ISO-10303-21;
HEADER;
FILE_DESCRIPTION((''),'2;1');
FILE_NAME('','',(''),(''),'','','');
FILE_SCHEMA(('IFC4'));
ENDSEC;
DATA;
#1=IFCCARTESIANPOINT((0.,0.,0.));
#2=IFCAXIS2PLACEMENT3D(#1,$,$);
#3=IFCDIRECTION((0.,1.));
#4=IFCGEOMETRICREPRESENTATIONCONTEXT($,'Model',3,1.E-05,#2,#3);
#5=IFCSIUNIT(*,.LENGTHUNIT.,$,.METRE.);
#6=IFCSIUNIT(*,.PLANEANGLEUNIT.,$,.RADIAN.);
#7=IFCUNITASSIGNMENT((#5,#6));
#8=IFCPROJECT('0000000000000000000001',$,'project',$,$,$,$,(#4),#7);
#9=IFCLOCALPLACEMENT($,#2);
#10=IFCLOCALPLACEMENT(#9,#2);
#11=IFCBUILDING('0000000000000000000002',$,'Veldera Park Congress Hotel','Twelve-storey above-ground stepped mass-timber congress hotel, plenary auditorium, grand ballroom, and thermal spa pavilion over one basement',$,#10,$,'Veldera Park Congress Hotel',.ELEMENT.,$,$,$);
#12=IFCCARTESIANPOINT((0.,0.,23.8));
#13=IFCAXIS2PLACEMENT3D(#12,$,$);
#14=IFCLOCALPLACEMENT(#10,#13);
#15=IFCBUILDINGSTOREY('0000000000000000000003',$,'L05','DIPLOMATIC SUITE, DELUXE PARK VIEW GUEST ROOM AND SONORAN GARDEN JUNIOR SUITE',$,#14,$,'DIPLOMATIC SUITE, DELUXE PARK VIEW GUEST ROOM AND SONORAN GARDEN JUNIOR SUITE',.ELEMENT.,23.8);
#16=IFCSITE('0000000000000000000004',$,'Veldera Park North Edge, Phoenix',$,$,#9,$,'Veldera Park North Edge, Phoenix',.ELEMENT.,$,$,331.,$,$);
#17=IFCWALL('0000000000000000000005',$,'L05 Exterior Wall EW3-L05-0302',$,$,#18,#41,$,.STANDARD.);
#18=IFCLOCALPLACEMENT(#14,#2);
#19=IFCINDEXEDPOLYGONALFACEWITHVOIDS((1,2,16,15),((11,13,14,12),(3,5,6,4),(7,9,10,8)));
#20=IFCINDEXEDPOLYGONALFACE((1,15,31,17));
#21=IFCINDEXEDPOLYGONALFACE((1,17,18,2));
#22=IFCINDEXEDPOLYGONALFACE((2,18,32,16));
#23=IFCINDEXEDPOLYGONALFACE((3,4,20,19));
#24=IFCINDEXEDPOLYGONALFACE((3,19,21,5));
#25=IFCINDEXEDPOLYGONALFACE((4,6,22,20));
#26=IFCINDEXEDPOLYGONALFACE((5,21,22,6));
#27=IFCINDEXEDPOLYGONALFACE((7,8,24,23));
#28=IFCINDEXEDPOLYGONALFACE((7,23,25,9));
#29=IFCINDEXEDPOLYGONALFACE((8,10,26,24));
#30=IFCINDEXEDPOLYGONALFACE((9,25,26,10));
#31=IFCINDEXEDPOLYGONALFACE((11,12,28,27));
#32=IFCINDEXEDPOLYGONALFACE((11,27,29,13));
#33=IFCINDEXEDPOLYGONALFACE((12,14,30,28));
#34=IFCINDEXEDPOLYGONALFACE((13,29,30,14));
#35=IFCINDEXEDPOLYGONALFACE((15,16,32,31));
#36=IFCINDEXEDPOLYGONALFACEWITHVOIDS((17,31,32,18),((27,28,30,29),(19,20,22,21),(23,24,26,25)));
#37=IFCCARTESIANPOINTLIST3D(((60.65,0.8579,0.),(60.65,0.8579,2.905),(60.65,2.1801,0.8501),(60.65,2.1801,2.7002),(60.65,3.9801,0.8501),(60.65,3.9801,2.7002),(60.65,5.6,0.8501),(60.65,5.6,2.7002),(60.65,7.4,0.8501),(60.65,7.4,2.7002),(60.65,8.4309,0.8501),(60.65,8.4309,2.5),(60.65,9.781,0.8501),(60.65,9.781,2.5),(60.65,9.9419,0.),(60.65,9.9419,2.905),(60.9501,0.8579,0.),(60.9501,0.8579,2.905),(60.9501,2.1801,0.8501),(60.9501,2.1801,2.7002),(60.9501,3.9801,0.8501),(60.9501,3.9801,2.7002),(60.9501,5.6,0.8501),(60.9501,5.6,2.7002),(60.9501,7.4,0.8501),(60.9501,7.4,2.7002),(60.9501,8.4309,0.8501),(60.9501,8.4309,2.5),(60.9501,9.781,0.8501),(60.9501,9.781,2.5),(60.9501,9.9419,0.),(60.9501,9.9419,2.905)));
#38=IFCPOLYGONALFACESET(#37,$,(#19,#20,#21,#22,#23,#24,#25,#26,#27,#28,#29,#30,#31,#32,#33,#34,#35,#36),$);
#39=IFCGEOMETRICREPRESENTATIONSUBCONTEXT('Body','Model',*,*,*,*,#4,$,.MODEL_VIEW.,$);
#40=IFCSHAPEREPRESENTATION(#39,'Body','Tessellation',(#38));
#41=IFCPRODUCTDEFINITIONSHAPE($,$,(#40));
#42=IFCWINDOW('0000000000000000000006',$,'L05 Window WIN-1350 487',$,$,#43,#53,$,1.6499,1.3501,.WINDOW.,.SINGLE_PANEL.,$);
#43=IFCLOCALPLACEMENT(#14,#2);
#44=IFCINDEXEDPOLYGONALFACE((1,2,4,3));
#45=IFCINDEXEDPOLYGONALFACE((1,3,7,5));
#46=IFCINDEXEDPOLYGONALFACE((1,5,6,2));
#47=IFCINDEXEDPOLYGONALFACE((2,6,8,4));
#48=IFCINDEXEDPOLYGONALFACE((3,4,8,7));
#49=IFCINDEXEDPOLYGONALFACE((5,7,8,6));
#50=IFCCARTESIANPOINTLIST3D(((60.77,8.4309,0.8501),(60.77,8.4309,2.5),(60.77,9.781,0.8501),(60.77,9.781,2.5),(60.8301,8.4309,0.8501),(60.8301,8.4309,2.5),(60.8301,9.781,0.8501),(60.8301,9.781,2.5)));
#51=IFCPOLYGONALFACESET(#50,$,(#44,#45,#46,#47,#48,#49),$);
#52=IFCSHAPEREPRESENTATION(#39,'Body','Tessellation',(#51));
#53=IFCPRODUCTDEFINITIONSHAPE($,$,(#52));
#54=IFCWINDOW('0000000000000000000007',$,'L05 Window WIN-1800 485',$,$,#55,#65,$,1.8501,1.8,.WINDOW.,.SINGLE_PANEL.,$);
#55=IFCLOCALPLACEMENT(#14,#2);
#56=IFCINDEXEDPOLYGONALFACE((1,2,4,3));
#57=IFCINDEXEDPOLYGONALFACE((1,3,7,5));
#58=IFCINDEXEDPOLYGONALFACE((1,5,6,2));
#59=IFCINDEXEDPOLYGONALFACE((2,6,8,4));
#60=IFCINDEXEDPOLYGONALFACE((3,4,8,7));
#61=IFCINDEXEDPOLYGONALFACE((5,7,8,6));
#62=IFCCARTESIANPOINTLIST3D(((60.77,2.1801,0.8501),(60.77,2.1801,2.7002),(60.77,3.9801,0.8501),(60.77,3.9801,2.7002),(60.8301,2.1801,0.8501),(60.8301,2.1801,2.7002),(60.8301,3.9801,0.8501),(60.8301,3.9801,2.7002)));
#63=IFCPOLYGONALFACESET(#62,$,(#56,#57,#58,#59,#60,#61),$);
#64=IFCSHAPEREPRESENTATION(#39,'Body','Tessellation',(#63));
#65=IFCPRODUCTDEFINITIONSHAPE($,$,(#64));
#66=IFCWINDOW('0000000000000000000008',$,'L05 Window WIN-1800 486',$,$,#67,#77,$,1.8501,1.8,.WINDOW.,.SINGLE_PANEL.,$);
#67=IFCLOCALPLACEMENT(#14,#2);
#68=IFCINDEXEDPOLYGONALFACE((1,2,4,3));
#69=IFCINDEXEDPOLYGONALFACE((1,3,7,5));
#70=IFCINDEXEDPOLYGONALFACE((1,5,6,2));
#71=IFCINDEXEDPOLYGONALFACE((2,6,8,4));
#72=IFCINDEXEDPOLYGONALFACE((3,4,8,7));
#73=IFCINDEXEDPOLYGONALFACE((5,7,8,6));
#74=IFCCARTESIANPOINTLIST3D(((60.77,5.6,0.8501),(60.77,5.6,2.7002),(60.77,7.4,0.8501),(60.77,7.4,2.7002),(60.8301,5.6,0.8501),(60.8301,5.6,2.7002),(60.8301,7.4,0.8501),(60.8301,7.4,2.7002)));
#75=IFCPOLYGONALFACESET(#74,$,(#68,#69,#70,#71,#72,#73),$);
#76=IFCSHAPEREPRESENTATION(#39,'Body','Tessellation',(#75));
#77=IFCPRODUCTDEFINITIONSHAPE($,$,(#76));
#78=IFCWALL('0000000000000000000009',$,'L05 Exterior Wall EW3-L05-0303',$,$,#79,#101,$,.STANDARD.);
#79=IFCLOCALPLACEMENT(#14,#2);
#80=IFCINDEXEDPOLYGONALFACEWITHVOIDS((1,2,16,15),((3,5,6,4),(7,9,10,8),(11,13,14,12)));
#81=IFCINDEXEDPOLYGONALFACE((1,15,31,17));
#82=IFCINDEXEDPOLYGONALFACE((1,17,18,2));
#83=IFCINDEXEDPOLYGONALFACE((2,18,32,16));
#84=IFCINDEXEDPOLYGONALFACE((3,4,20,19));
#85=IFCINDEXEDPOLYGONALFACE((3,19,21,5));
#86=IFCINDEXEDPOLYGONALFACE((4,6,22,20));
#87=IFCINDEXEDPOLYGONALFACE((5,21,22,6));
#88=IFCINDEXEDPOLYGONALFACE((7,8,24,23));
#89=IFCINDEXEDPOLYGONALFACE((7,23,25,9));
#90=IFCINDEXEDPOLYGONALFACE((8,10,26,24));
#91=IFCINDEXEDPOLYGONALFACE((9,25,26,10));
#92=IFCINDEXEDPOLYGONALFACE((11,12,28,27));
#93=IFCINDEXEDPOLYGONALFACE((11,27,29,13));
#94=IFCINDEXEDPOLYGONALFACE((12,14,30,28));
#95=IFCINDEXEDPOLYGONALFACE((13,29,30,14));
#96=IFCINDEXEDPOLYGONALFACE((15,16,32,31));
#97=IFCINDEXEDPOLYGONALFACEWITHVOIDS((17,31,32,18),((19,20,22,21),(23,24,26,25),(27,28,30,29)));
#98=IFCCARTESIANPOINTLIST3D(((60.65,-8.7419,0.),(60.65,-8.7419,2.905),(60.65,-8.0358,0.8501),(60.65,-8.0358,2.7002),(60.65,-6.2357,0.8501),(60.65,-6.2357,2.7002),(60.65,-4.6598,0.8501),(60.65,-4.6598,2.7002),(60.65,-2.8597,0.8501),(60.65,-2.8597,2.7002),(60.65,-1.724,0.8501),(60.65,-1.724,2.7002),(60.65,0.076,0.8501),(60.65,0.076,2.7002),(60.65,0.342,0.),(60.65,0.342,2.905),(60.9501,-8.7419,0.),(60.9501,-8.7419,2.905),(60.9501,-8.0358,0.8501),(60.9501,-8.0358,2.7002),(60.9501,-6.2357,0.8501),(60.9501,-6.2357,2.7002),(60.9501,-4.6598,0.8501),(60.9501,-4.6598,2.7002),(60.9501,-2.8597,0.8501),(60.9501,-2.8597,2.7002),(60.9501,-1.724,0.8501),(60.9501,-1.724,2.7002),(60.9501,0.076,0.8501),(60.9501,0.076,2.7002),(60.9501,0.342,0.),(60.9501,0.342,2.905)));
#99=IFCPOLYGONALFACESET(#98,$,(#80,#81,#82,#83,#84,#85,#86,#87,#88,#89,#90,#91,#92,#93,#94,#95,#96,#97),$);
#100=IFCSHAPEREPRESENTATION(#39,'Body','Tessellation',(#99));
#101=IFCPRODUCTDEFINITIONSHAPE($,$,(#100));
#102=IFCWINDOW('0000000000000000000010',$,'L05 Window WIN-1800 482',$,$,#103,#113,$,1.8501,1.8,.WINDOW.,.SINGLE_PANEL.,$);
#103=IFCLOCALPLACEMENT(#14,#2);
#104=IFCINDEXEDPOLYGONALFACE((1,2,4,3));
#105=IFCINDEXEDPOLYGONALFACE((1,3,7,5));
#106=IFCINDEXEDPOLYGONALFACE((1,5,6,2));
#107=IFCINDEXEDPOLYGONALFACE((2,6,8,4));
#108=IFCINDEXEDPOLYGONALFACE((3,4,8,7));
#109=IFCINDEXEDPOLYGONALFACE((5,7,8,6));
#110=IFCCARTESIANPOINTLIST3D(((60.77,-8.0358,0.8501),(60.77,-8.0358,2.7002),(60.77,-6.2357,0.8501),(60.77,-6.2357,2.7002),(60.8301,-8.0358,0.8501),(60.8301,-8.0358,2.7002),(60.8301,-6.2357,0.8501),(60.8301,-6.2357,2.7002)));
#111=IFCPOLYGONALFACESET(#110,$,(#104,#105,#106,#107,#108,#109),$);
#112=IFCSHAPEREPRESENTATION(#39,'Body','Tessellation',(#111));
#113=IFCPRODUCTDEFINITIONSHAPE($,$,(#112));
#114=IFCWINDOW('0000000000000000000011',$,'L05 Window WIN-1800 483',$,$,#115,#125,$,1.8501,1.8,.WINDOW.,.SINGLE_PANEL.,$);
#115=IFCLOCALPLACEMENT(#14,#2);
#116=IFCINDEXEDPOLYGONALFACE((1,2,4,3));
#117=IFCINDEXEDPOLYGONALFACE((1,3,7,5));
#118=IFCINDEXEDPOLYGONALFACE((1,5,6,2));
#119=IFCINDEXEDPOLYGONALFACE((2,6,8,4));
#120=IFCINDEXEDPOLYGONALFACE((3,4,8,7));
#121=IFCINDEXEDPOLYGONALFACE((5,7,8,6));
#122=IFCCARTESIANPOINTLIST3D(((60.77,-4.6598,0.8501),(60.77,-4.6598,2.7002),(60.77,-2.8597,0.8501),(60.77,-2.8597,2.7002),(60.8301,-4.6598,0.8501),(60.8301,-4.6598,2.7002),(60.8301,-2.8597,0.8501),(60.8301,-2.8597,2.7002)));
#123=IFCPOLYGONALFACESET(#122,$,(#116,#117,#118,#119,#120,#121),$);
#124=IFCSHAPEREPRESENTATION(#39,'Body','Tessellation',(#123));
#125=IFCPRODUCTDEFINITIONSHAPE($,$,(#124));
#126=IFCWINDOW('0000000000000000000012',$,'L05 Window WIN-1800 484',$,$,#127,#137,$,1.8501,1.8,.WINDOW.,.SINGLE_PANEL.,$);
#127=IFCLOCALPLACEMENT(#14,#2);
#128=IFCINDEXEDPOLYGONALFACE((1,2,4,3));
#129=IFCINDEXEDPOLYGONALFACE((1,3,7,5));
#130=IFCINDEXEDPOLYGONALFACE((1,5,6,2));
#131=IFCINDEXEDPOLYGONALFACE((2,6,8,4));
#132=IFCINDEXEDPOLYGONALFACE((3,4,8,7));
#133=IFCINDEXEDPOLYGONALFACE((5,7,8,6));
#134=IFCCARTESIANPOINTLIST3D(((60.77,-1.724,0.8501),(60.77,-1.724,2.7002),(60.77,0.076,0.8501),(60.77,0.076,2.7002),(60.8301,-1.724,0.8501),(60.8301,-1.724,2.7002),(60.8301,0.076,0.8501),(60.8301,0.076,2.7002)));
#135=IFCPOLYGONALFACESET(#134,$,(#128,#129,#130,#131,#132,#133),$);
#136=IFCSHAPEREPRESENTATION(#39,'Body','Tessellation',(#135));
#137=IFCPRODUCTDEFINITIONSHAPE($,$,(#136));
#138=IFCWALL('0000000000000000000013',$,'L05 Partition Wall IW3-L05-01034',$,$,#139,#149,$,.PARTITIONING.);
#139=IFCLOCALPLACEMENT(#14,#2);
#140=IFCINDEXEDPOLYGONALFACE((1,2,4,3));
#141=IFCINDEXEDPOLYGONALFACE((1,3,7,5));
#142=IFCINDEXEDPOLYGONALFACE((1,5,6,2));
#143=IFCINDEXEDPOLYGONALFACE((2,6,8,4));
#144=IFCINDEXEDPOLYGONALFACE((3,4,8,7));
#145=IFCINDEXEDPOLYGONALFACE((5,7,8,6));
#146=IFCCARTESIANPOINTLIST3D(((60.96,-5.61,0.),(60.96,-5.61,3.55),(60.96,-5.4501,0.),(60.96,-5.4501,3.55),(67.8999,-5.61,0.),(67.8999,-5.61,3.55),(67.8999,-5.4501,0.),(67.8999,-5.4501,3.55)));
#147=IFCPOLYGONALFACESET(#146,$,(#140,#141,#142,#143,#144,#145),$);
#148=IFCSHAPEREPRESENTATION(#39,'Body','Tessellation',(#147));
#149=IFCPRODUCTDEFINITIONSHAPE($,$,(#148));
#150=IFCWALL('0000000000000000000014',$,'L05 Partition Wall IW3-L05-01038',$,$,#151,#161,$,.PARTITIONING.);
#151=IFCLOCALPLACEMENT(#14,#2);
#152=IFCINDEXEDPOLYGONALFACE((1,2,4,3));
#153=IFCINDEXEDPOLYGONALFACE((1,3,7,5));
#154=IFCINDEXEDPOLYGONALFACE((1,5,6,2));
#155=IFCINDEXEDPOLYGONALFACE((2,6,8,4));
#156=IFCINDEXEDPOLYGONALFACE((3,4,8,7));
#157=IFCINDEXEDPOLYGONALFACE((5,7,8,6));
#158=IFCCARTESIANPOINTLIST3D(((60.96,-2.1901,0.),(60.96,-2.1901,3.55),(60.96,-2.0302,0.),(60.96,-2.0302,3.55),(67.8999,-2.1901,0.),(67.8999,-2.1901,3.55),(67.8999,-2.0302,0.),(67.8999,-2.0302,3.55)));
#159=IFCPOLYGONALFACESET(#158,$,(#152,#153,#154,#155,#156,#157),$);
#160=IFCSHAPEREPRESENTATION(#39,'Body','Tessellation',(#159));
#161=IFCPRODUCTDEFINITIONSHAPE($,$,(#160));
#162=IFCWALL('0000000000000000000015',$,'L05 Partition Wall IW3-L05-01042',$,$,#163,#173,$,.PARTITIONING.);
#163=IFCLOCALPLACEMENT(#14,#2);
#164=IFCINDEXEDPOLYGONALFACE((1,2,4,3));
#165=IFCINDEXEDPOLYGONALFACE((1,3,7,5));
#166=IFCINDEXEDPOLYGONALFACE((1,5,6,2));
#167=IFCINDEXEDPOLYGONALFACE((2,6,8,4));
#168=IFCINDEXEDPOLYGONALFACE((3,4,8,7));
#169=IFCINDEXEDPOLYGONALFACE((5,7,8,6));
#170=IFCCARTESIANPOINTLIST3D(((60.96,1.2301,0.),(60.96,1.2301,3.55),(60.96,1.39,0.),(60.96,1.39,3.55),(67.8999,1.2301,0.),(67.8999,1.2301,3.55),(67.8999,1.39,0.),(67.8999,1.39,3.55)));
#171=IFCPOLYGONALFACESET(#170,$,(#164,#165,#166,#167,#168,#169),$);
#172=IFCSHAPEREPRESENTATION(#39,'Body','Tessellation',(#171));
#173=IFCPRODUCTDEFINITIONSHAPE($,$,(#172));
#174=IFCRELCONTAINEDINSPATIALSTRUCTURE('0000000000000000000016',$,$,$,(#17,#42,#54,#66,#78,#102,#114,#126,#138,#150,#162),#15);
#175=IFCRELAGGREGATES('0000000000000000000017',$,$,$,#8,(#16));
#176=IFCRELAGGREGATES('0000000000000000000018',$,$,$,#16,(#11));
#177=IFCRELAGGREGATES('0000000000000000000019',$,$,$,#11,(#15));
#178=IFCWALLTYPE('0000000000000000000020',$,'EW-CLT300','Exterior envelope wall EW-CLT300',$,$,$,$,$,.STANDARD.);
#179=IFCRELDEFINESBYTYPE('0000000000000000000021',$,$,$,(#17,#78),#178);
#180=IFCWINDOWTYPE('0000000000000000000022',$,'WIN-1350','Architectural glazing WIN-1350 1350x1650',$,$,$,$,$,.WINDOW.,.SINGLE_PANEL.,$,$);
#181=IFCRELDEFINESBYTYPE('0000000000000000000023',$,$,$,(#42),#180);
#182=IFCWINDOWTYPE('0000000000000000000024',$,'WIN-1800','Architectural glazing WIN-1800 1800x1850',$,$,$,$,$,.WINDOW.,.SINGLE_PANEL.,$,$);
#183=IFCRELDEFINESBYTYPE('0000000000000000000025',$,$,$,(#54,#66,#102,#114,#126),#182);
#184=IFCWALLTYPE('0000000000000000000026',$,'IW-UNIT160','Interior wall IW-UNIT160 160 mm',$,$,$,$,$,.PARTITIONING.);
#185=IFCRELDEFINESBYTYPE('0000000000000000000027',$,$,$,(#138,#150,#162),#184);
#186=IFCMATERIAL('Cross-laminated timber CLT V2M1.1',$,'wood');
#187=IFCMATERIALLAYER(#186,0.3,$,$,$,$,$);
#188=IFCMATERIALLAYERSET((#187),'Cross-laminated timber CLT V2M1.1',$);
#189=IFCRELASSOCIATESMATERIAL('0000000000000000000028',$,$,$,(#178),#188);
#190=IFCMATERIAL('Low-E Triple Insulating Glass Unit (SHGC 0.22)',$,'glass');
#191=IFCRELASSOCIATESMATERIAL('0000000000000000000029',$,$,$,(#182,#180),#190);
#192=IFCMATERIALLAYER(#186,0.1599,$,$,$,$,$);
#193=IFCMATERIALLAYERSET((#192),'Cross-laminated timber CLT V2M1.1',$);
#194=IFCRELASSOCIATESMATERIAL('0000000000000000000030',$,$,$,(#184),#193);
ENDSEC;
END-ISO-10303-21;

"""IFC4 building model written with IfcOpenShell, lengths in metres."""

from ifc_helpers import new_model, si_unit, direction, frame, frame_2d, origin, place, context, subcontext, project, spatial, rectangle, extrude, material, layer, layer_set, type_object, element, fill, save


model = new_model("IFC4")

# Units and contexts
model_context = context("Model", 3, precision=1e-05, world=origin(), true_north=direction((0.0, 1.0)))
body_context = subcontext(model_context, "Body", "Model", "MODEL_VIEW")
ifc_project = project(units=[si_unit("LENGTHUNIT", "METRE"), si_unit("PLANEANGLEUNIT", "RADIAN")], contexts=[model_context])

# Site, building, storey
site_placement = place(None, origin())
site = spatial("IfcSite", under=ifc_project, at=site_placement, Name="Veldera Park North Edge, Phoenix", LongName="Veldera Park North Edge, Phoenix", CompositionType="ELEMENT", RefElevation=331.0)
building_placement = place(site_placement, origin())
building = spatial("IfcBuilding", under=site, at=building_placement, Name="Veldera Park Congress Hotel", Description="Twelve-storey above-ground stepped mass-timber congress hotel, plenary auditorium, grand ballroom, and thermal spa pavilion over one basement", LongName="Veldera Park Congress Hotel", CompositionType="ELEMENT")
storey_placement = place(building_placement, frame((0.0, 0.0, 23.8)))
storey = spatial("IfcBuildingStorey", under=building, at=storey_placement, Name="L05", Description="DIPLOMATIC SUITE, DELUXE PARK VIEW GUEST ROOM AND SONORAN GARDEN JUNIOR SUITE", LongName="DIPLOMATIC SUITE, DELUXE PARK VIEW GUEST ROOM AND SONORAN GARDEN JUNIOR SUITE", CompositionType="ELEMENT", Elevation=23.8)

# Walls, openings, windows
ifc_material_1 = material(Name="Cross-laminated timber CLT V2M1.1", Category="wood")
ifc_layer_1 = layer(ifc_material_1, 0.3)
ifc_layer_set_1 = layer_set([ifc_layer_1], Name="Cross-laminated timber CLT V2M1.1")
wall_type_1 = type_object("IfcWallType", Name="EW-CLT300", Description="Exterior envelope wall EW-CLT300", PredefinedType="STANDARD", material=ifc_layer_set_1)
ifc_material_2 = material(Name="Low-E Triple Insulating Glass Unit (SHGC 0.22)", Category="glass")
window_type_1 = type_object("IfcWindowType", Name="WIN-1800", Description="Architectural glazing WIN-1800 1800x1850", PartitioningType="SINGLE_PANEL", PredefinedType="WINDOW", material=ifc_material_2)
wall_1_placement = place(storey_placement, frame((60.8, 9.9419, 0.0), z_axis=(0.0, 0.0, 1.0), x_axis=(0.0, -1.0, 0.0)))
wall_1 = element("IfcWall", 1, at=wall_1_placement, inside=storey, type_object=wall_type_1, Name="L05 Exterior Wall EW3-L05-0302", PredefinedType="STANDARD", context=body_context, shape_type="SweptSolid", body=[
    extrude(rectangle(XDim=9.084, YDim=0.3, at=frame_2d((4.542, 0.0))), origin(), (0.0, 0.0, 1.0), 2.905),
])
opening_1_placement = place(wall_1_placement, frame((5.9619, 0.0, 0.8501)))
opening_1 = element("IfcOpeningElement", 2, at=opening_1_placement, cuts=wall_1, PredefinedType="OPENING", context=body_context, shape_type="SweptSolid", body=[
    extrude(rectangle(XDim=1.8, YDim=1.8501, at=frame_2d((0.8999, 0.925))), frame((0.0, 0.1621, 0.0), z_axis=(0.0, -1.0, 0.0), x_axis=(1.0, 0.0, 0.0)), (0.0, 0.0, 1.0), 0.324),
])
opening_2_placement = place(wall_1_placement, frame((2.542, 0.0, 0.8501)))
opening_2 = element("IfcOpeningElement", 3, at=opening_2_placement, cuts=wall_1, PredefinedType="OPENING", context=body_context, shape_type="SweptSolid", body=[
    extrude(rectangle(XDim=1.8, YDim=1.8501, at=frame_2d((0.8999, 0.925))), frame((0.0, 0.1621, 0.0), z_axis=(0.0, -1.0, 0.0), x_axis=(1.0, 0.0, 0.0)), (0.0, 0.0, 1.0), 0.324),
])
opening_3_placement = place(wall_1_placement, frame((0.1609, 0.0, 0.8501)))
opening_3 = element("IfcOpeningElement", 4, at=opening_3_placement, cuts=wall_1, PredefinedType="OPENING", context=body_context, shape_type="SweptSolid", body=[
    extrude(rectangle(XDim=1.3501, YDim=1.6499, at=frame_2d((0.675, 0.825))), frame((0.0, 0.1621, 0.0), z_axis=(0.0, -1.0, 0.0), x_axis=(1.0, 0.0, 0.0)), (0.0, 0.0, 1.0), 0.324),
])
window_type_2 = type_object("IfcWindowType", Name="WIN-1350", Description="Architectural glazing WIN-1350 1350x1650", PartitioningType="SINGLE_PANEL", PredefinedType="WINDOW", material=ifc_material_2)
window_1_placement = place(opening_3_placement, origin())
window_1 = element("IfcWindow", 5, at=window_1_placement, inside=storey, type_object=window_type_2, Name="L05 Window WIN-1350 487", OverallHeight=1.6499, OverallWidth=1.3501, PartitioningType="SINGLE_PANEL", PredefinedType="WINDOW", context=body_context, shape_type="SweptSolid", body=[
    extrude(rectangle(XDim=1.3501, YDim=1.6499, at=frame_2d((0.675, 0.825))), frame((0.0, 0.03, 0.0), z_axis=(0.0, -1.0, 0.0), x_axis=(1.0, 0.0, 0.0)), (0.0, 0.0, 1.0), 0.0601),
])
fill(opening_3, window_1)
window_2_placement = place(opening_1_placement, origin())
window_2 = element("IfcWindow", 6, at=window_2_placement, inside=storey, type_object=window_type_1, Name="L05 Window WIN-1800 485", OverallHeight=1.8501, OverallWidth=1.8, PartitioningType="SINGLE_PANEL", PredefinedType="WINDOW", context=body_context, shape_type="SweptSolid", body=[
    extrude(rectangle(XDim=1.8, YDim=1.8501, at=frame_2d((0.8999, 0.925))), frame((0.0, 0.03, 0.0), z_axis=(0.0, -1.0, 0.0), x_axis=(1.0, 0.0, 0.0)), (0.0, 0.0, 1.0), 0.0601),
])
fill(opening_1, window_2)
window_3_placement = place(opening_2_placement, origin())
window_3 = element("IfcWindow", 7, at=window_3_placement, inside=storey, type_object=window_type_1, Name="L05 Window WIN-1800 486", OverallHeight=1.8501, OverallWidth=1.8, PartitioningType="SINGLE_PANEL", PredefinedType="WINDOW", context=body_context, shape_type="SweptSolid", body=[
    extrude(rectangle(XDim=1.8, YDim=1.8501, at=frame_2d((0.8999, 0.925))), frame((0.0, 0.03, 0.0), z_axis=(0.0, -1.0, 0.0), x_axis=(1.0, 0.0, 0.0)), (0.0, 0.0, 1.0), 0.0601),
])
fill(opening_2, window_3)
wall_2_placement = place(storey_placement, frame((60.8, 0.342, 0.0), z_axis=(0.0, 0.0, 1.0), x_axis=(0.0, -1.0, 0.0)))
wall_2 = element("IfcWall", 8, at=wall_2_placement, inside=storey, type_object=wall_type_1, Name="L05 Exterior Wall EW3-L05-0303", PredefinedType="STANDARD", context=body_context, shape_type="SweptSolid", body=[
    extrude(rectangle(XDim=9.084, YDim=0.3, at=frame_2d((4.542, 0.0))), origin(), (0.0, 0.0, 1.0), 2.905),
])
opening_4_placement = place(wall_2_placement, frame((6.5779, 0.0, 0.8501)))
opening_4 = element("IfcOpeningElement", 9, at=opening_4_placement, cuts=wall_2, PredefinedType="OPENING", context=body_context, shape_type="SweptSolid", body=[
    extrude(rectangle(XDim=1.8, YDim=1.8501, at=frame_2d((0.8999, 0.925))), frame((0.0, 0.1621, 0.0), z_axis=(0.0, -1.0, 0.0), x_axis=(1.0, 0.0, 0.0)), (0.0, 0.0, 1.0), 0.324),
])
opening_5_placement = place(wall_2_placement, frame((3.2019, 0.0, 0.8501)))
opening_5 = element("IfcOpeningElement", 10, at=opening_5_placement, cuts=wall_2, PredefinedType="OPENING", context=body_context, shape_type="SweptSolid", body=[
    extrude(rectangle(XDim=1.8, YDim=1.8501, at=frame_2d((0.8999, 0.925))), frame((0.0, 0.1621, 0.0), z_axis=(0.0, -1.0, 0.0), x_axis=(1.0, 0.0, 0.0)), (0.0, 0.0, 1.0), 0.324),
])
opening_6_placement = place(wall_2_placement, frame((0.2661, 0.0, 0.8501)))
opening_6 = element("IfcOpeningElement", 11, at=opening_6_placement, cuts=wall_2, PredefinedType="OPENING", context=body_context, shape_type="SweptSolid", body=[
    extrude(rectangle(XDim=1.8, YDim=1.8501, at=frame_2d((0.8999, 0.925))), frame((0.0, 0.1621, 0.0), z_axis=(0.0, -1.0, 0.0), x_axis=(1.0, 0.0, 0.0)), (0.0, 0.0, 1.0), 0.324),
])
window_4_placement = place(opening_4_placement, origin())
window_4 = element("IfcWindow", 12, at=window_4_placement, inside=storey, type_object=window_type_1, Name="L05 Window WIN-1800 482", OverallHeight=1.8501, OverallWidth=1.8, PartitioningType="SINGLE_PANEL", PredefinedType="WINDOW", context=body_context, shape_type="SweptSolid", body=[
    extrude(rectangle(XDim=1.8, YDim=1.8501, at=frame_2d((0.8999, 0.925))), frame((0.0, 0.03, 0.0), z_axis=(0.0, -1.0, 0.0), x_axis=(1.0, 0.0, 0.0)), (0.0, 0.0, 1.0), 0.0601),
])
fill(opening_4, window_4)
window_5_placement = place(opening_5_placement, origin())
window_5 = element("IfcWindow", 13, at=window_5_placement, inside=storey, type_object=window_type_1, Name="L05 Window WIN-1800 483", OverallHeight=1.8501, OverallWidth=1.8, PartitioningType="SINGLE_PANEL", PredefinedType="WINDOW", context=body_context, shape_type="SweptSolid", body=[
    extrude(rectangle(XDim=1.8, YDim=1.8501, at=frame_2d((0.8999, 0.925))), frame((0.0, 0.03, 0.0), z_axis=(0.0, -1.0, 0.0), x_axis=(1.0, 0.0, 0.0)), (0.0, 0.0, 1.0), 0.0601),
])
fill(opening_5, window_5)
window_6_placement = place(opening_6_placement, origin())
window_6 = element("IfcWindow", 14, at=window_6_placement, inside=storey, type_object=window_type_1, Name="L05 Window WIN-1800 484", OverallHeight=1.8501, OverallWidth=1.8, PartitioningType="SINGLE_PANEL", PredefinedType="WINDOW", context=body_context, shape_type="SweptSolid", body=[
    extrude(rectangle(XDim=1.8, YDim=1.8501, at=frame_2d((0.8999, 0.925))), frame((0.0, 0.03, 0.0), z_axis=(0.0, -1.0, 0.0), x_axis=(1.0, 0.0, 0.0)), (0.0, 0.0, 1.0), 0.0601),
])
fill(opening_6, window_6)

# Walls
ifc_layer_2 = layer(ifc_material_1, 0.1599)
ifc_layer_set_2 = layer_set([ifc_layer_2], Name="Cross-laminated timber CLT V2M1.1")
wall_type_2 = type_object("IfcWallType", Name="IW-UNIT160", Description="Interior wall IW-UNIT160 160 mm", PredefinedType="PARTITIONING", material=ifc_layer_set_2)
for number, where, z_axis, x_axis, name in (
    (15, (60.96, -5.53, 0.0), (0.0, 0.0, 1.0), (1.0, 0.0, 0.0), "L05 Partition Wall IW3-L05-01034"),
    (16, (60.96, -2.1101, 0.0), (0.0, 0.0, 1.0), (1.0, 0.0, 0.0), "L05 Partition Wall IW3-L05-01038"),
    (17, (60.96, 1.3101, 0.0), (0.0, 0.0, 1.0), (1.0, 0.0, 0.0), "L05 Partition Wall IW3-L05-01042"),
):
    element("IfcWall", number, at=place(storey_placement, frame(where, z_axis=z_axis, x_axis=x_axis)), inside=storey, type_object=wall_type_2, Name=name, PredefinedType="PARTITIONING", context=body_context, shape_type="SweptSolid", body=[
        extrude(rectangle(XDim=6.9399, YDim=0.1599, at=frame_2d((3.47, 0.0))), origin(), (0.0, 0.0, 1.0), 3.55),
    ])

save(model, "model.ifc")
